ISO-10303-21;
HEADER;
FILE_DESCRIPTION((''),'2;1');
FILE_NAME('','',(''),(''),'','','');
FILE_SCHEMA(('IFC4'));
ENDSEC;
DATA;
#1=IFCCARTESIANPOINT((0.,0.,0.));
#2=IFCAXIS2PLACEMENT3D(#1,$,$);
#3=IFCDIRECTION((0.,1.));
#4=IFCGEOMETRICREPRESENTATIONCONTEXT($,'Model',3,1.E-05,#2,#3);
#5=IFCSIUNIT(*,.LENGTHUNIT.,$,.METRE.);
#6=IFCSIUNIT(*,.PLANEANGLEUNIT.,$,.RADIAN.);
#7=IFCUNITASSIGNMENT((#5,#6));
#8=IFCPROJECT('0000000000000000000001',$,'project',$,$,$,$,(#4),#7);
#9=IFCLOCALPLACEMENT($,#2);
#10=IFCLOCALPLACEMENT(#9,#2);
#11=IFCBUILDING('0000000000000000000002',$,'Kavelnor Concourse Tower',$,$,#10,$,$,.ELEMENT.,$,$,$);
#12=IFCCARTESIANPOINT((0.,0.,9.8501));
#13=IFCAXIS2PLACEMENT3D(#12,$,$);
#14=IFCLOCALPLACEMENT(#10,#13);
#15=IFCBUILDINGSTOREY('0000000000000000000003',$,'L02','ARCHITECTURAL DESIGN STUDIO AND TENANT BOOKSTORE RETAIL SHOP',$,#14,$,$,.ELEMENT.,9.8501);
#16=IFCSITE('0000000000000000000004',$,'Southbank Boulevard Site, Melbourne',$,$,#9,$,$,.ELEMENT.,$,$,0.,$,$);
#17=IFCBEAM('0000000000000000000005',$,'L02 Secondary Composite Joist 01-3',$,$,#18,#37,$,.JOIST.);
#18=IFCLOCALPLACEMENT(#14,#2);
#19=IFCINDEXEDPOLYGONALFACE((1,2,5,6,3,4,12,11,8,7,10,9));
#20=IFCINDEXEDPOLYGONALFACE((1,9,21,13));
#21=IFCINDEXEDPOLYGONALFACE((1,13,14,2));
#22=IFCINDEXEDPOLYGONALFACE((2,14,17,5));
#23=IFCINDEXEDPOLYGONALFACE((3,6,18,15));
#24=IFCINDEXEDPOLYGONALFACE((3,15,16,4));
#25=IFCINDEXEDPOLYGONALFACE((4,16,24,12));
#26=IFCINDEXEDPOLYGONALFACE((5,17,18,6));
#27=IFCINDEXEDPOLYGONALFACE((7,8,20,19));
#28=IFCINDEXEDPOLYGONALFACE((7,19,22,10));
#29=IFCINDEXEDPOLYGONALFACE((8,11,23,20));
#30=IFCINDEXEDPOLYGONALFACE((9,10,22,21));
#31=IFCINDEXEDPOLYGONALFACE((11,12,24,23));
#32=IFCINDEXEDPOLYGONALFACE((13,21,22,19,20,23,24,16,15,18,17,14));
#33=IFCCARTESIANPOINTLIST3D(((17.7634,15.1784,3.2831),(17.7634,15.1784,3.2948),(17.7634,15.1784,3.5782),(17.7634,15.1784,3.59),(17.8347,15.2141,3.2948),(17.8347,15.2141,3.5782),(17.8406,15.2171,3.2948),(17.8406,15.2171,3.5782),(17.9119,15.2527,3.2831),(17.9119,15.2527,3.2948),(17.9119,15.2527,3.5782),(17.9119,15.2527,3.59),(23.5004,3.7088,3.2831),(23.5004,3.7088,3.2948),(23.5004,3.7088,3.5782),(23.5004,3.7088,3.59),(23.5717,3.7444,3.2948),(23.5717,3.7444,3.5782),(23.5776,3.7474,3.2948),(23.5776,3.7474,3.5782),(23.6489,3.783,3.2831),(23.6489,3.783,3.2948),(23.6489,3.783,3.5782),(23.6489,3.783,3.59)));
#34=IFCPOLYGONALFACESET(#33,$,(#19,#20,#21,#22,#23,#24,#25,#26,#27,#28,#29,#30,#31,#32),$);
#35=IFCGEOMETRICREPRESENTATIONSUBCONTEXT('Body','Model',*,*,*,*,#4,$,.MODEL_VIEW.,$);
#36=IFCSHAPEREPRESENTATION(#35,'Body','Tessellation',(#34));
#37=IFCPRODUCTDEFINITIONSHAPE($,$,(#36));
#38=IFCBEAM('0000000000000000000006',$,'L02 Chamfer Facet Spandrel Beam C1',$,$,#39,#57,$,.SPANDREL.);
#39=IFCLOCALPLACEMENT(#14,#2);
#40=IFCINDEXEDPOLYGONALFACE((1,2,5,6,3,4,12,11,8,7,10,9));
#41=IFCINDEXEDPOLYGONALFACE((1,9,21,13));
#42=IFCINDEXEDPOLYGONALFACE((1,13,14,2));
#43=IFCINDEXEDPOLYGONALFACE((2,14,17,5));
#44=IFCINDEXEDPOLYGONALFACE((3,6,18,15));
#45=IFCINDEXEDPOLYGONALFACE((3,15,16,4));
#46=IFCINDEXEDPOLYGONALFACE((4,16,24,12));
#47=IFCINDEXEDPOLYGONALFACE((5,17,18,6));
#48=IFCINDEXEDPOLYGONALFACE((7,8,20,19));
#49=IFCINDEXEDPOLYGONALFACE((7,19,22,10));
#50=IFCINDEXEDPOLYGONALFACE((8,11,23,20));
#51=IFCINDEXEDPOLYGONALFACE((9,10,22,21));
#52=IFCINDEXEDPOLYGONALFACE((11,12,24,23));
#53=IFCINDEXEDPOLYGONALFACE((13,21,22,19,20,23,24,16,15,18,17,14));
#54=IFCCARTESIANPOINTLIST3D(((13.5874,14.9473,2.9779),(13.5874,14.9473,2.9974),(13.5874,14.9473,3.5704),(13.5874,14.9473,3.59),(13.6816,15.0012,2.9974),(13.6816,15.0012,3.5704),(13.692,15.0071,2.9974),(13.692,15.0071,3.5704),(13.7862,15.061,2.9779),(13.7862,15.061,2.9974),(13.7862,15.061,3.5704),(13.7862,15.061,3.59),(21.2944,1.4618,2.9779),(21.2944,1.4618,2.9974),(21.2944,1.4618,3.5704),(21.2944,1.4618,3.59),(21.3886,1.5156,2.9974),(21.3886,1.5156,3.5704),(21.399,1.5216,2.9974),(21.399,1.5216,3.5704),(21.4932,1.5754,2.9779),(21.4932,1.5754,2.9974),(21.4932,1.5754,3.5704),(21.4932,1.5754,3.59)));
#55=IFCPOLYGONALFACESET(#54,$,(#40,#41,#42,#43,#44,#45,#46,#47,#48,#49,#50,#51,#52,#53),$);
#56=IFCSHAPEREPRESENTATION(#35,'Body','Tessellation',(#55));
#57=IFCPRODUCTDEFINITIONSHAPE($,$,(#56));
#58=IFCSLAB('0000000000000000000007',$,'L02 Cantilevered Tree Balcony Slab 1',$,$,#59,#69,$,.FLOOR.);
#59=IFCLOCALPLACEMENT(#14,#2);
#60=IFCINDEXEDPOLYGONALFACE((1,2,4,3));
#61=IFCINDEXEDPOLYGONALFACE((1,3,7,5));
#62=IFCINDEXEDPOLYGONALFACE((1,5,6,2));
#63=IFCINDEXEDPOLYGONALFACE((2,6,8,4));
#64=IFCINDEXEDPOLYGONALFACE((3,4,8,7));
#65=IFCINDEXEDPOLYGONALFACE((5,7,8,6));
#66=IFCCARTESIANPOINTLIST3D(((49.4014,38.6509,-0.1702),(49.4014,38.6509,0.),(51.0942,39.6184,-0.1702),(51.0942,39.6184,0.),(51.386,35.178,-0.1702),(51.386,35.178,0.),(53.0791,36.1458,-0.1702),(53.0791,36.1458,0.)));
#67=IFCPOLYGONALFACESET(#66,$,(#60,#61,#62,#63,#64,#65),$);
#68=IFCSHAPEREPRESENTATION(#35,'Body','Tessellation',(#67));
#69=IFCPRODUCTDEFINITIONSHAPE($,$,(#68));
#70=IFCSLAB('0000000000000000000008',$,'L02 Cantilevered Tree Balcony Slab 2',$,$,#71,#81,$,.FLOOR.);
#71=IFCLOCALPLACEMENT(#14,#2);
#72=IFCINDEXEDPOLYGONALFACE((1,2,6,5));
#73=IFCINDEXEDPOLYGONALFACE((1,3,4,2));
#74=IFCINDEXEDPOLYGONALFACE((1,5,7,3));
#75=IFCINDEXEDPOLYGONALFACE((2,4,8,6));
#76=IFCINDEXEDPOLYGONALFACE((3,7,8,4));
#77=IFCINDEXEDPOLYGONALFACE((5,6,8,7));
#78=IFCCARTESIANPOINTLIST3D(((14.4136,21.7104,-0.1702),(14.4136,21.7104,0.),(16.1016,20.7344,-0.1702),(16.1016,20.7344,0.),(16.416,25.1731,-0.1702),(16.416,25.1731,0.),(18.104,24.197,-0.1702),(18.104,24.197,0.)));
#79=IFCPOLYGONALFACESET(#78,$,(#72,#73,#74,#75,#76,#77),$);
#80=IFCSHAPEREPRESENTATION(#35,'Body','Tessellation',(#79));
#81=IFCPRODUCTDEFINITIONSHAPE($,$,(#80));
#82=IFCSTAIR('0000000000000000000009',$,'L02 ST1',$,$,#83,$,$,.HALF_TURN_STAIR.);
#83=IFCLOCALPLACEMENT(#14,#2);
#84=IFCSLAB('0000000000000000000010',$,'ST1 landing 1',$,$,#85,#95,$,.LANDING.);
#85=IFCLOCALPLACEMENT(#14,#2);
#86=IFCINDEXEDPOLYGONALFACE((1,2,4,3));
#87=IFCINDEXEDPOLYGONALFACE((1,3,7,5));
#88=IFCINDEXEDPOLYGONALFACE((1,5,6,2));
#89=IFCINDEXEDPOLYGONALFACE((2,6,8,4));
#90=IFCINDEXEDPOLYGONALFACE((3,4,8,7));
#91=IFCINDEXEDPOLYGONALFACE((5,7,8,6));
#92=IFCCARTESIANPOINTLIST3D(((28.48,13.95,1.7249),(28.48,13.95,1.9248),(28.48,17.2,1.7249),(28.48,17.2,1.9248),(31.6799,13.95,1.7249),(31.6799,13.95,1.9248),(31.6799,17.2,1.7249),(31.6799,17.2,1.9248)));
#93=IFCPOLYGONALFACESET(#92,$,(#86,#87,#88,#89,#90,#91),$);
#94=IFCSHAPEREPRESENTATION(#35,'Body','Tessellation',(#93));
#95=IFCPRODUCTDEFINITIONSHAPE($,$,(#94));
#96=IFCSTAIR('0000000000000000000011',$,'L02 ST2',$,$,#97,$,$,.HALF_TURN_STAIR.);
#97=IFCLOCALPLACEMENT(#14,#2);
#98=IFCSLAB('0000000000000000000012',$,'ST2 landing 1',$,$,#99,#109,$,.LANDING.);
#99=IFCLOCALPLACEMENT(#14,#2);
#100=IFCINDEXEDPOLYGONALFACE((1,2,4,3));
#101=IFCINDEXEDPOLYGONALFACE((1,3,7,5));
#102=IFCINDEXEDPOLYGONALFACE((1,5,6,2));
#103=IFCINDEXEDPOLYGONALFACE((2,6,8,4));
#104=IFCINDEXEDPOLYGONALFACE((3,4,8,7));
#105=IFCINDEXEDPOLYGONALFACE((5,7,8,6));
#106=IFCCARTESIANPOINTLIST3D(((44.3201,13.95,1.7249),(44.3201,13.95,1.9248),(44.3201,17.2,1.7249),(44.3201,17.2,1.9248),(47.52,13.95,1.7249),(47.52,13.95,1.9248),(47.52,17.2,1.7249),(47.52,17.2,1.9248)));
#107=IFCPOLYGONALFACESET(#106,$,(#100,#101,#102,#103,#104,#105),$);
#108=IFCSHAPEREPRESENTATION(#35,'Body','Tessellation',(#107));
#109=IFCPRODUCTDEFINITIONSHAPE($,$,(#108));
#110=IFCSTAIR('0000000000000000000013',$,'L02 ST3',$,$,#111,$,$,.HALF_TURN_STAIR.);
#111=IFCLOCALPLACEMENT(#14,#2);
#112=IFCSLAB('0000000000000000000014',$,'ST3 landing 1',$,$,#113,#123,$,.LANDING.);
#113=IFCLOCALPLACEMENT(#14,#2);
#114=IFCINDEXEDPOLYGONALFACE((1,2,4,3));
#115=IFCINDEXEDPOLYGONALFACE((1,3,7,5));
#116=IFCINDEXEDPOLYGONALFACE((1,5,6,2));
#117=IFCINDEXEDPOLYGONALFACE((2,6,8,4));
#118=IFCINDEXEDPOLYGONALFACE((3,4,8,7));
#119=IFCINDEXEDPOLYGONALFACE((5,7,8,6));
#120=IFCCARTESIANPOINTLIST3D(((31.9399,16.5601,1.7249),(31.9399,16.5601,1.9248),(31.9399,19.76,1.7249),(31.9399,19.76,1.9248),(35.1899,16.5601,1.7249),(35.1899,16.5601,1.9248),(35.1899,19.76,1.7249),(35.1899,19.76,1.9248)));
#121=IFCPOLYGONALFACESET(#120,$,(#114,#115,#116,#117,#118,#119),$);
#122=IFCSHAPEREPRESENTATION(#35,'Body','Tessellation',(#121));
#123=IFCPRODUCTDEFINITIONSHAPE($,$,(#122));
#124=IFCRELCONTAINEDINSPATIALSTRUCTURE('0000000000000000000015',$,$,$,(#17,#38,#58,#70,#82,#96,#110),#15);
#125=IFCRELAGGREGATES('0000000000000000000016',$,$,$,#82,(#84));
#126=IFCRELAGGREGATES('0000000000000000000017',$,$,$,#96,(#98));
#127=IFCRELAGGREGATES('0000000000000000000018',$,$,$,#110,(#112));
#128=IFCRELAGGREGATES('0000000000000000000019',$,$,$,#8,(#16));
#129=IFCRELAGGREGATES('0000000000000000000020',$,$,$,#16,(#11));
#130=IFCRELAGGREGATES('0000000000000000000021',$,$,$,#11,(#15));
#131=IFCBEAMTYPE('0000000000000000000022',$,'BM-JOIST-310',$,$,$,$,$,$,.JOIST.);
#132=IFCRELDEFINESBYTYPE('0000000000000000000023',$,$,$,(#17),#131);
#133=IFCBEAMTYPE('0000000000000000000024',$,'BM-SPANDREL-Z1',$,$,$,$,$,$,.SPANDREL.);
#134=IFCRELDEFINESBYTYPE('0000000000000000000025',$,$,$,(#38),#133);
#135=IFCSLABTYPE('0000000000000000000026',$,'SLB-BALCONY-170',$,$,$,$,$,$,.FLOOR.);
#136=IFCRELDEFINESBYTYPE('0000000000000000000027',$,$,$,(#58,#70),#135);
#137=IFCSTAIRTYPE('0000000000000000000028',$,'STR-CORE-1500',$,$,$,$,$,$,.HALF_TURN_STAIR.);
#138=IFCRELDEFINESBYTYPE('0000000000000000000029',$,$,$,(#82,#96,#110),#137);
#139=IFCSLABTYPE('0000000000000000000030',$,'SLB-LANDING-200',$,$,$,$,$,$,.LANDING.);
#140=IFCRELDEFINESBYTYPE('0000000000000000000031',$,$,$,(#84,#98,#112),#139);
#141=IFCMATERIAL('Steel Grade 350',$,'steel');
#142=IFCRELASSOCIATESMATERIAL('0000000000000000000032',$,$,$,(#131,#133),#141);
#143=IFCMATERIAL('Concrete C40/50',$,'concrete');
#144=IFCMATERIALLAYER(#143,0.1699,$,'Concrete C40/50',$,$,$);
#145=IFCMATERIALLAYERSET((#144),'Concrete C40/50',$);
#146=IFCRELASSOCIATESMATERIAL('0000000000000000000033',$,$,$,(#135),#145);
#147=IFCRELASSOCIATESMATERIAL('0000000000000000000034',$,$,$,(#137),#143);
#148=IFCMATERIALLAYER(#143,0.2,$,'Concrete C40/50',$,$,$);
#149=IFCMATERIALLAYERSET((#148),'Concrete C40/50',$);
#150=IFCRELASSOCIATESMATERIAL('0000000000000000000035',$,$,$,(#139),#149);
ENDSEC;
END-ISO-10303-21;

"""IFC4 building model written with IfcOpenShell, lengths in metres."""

from ifc_helpers import new_model, si_unit, direction, frame, origin, origin_2d, place, context, subcontext, project, spatial, polyline, i_section, outline, extrude, material, layer, layer_set, material_profile, profile_set, type_object, element, aggregate, save


model = new_model("IFC4")

# Units and contexts
model_context = context("Model", 3, precision=1e-05, world=origin(), true_north=direction((0.0, 1.0)))
body_context = subcontext(model_context, "Body", "Model", "MODEL_VIEW")
ifc_project = project(units=[si_unit("LENGTHUNIT", "METRE"), si_unit("PLANEANGLEUNIT", "RADIAN")], contexts=[model_context])

# Site, building, storey
site_placement = place(None, origin())
site = spatial("IfcSite", under=ifc_project, at=site_placement, Name="Southbank Boulevard Site, Melbourne", CompositionType="ELEMENT", RefElevation=0.0)
building_placement = place(site_placement, origin())
building = spatial("IfcBuilding", under=site, at=building_placement, Name="Kavelnor Concourse Tower", CompositionType="ELEMENT")
storey_placement = place(building_placement, frame((0.0, 0.0, 9.8501)))
storey = spatial("IfcBuildingStorey", under=building, at=storey_placement, Name="L02", Description="ARCHITECTURAL DESIGN STUDIO AND TENANT BOOKSTORE RETAIL SHOP", CompositionType="ELEMENT", Elevation=9.8501)

# Beams
ifc_material_1 = material(Name="Steel Grade 350", Category="steel")
ifc_material_profile_1 = material_profile(ifc_material_1, i_section(OverallWidth=0.166, OverallDepth=0.3069, WebThickness=0.0066, FlangeThickness=0.0117, at=origin_2d()), Name="310UB46")
ifc_profile_set_1 = profile_set([ifc_material_profile_1], Name="Steel Grade 350")
beam_type_1 = type_object("IfcBeamType", Name="BM-JOIST-310", PredefinedType="JOIST", material=ifc_profile_set_1)
beam_1_placement = place(storey_placement, frame((17.8376, 15.2156, 3.4365), z_axis=(0.447351, -0.894359, 0.0), x_axis=(0.894359, 0.447351, 0.0)))
element("IfcBeam", 1, at=beam_1_placement, inside=storey, type_object=beam_type_1, Name="L02 Secondary Composite Joist 01-3", PredefinedType="JOIST", context=body_context, shape_type="SweptSolid", body=[
    extrude(i_section(OverallWidth=0.166, OverallDepth=0.3069, WebThickness=0.0066, FlangeThickness=0.0117, at=origin_2d()), origin(), (0.0, 0.0, 1.0), 12.8245),
])
ifc_material_profile_2 = material_profile(ifc_material_1, i_section(OverallWidth=0.229, OverallDepth=0.6121, WebThickness=0.012, FlangeThickness=0.0195, at=origin_2d()), Name="610UB125")
ifc_profile_set_2 = profile_set([ifc_material_profile_2], Name="Steel Grade 350")
beam_type_2 = type_object("IfcBeamType", Name="BM-SPANDREL-Z1", PredefinedType="SPANDREL", material=ifc_profile_set_2)
beam_2_placement = place(storey_placement, frame((13.6868, 15.0042, 3.2839), z_axis=(0.496186, -0.868216, 0.0), x_axis=(0.868216, 0.496186, 0.0)))
element("IfcBeam", 2, at=beam_2_placement, inside=storey, type_object=beam_type_2, Name="L02 Chamfer Facet Spandrel Beam C1", PredefinedType="SPANDREL", context=body_context, shape_type="SweptSolid", body=[
    extrude(i_section(OverallWidth=0.229, OverallDepth=0.6121, WebThickness=0.012, FlangeThickness=0.0195, at=origin_2d()), origin(), (0.0, 0.0, 1.0), 15.5325),
])

# Slabs
ifc_material_2 = material(Name="Concrete C40/50", Category="concrete")
ifc_layer_1 = layer(ifc_material_2, 0.1699, Name="Concrete C40/50")
ifc_layer_set_1 = layer_set([ifc_layer_1], Name="Concrete C40/50")
slab_type_1 = type_object("IfcSlabType", Name="SLB-BALCONY-170", PredefinedType="FLOOR", material=ifc_layer_set_1)
slab_1_placement = place(storey_placement, frame((0.0, 0.0, -0.1702)))
element("IfcSlab", 3, at=slab_1_placement, inside=storey, type_object=slab_type_1, Name="L02 Cantilevered Tree Balcony Slab 1", PredefinedType="FLOOR", context=body_context, shape_type="SweptSolid", body=[
    extrude(outline(polyline([(51.0942, 39.6184), (53.0791, 36.1458), (51.386, 35.178), (49.4014, 38.6509), (51.0942, 39.6184)])), origin(), (0.0, 0.0, 1.0), 0.1702),
])
slab_2_placement = place(storey_placement, frame((0.0, 0.0, -0.1702)))
element("IfcSlab", 4, at=slab_2_placement, inside=storey, type_object=slab_type_1, Name="L02 Cantilevered Tree Balcony Slab 2", PredefinedType="FLOOR", context=body_context, shape_type="SweptSolid", body=[
    extrude(outline(polyline([(14.4136, 21.7104), (16.416, 25.1731), (18.104, 24.197), (16.1016, 20.7344), (14.4136, 21.7104)])), origin(), (0.0, 0.0, 1.0), 0.1702),
])

# Stairs, slabs
stair_type = type_object("IfcStairType", Name="STR-CORE-1500", PredefinedType="HALF_TURN_STAIR", material=ifc_material_2)
stair_1_placement = place(storey_placement, origin())
stair_1 = element("IfcStair", 5, at=stair_1_placement, inside=storey, type_object=stair_type, Name="L02 ST1", PredefinedType="HALF_TURN_STAIR")
ifc_layer_2 = layer(ifc_material_2, 0.2, Name="Concrete C40/50")
ifc_layer_set_2 = layer_set([ifc_layer_2], Name="Concrete C40/50")
slab_type_2 = type_object("IfcSlabType", Name="SLB-LANDING-200", PredefinedType="LANDING", material=ifc_layer_set_2)
slab_3_placement = place(storey_placement, frame((0.0, 0.0, 1.7249)))
slab_3 = element("IfcSlab", 6, at=slab_3_placement, type_object=slab_type_2, Name="ST1 landing 1", PredefinedType="LANDING", context=body_context, shape_type="SweptSolid", body=[
    extrude(outline(polyline([(31.6799, 13.95), (31.6799, 17.2), (28.48, 17.2), (28.48, 13.95), (31.6799, 13.95)])), origin(), (0.0, 0.0, 1.0), 0.2),
])
aggregate(stair_1, [slab_3])
stair_2_placement = place(storey_placement, origin())
stair_2 = element("IfcStair", 7, at=stair_2_placement, inside=storey, type_object=stair_type, Name="L02 ST2", PredefinedType="HALF_TURN_STAIR")
slab_4_placement = place(storey_placement, frame((0.0, 0.0, 1.7249)))
slab_4 = element("IfcSlab", 8, at=slab_4_placement, type_object=slab_type_2, Name="ST2 landing 1", PredefinedType="LANDING", context=body_context, shape_type="SweptSolid", body=[
    extrude(outline(polyline([(47.52, 13.95), (47.52, 17.2), (44.3201, 17.2), (44.3201, 13.95), (47.52, 13.95)])), origin(), (0.0, 0.0, 1.0), 0.2),
])
aggregate(stair_2, [slab_4])
stair_3_placement = place(storey_placement, origin())
stair_3 = element("IfcStair", 9, at=stair_3_placement, inside=storey, type_object=stair_type, Name="L02 ST3", PredefinedType="HALF_TURN_STAIR")
slab_5_placement = place(storey_placement, frame((0.0, 0.0, 1.7249)))
slab_5 = element("IfcSlab", 10, at=slab_5_placement, type_object=slab_type_2, Name="ST3 landing 1", PredefinedType="LANDING", context=body_context, shape_type="SweptSolid", body=[
    extrude(outline(polyline([(35.1899, 19.76), (31.9399, 19.76), (31.9399, 16.5601), (35.1899, 16.5601), (35.1899, 19.76)])), origin(), (0.0, 0.0, 1.0), 0.2),
])
aggregate(stair_3, [slab_5])

save(model, "model.ifc")
